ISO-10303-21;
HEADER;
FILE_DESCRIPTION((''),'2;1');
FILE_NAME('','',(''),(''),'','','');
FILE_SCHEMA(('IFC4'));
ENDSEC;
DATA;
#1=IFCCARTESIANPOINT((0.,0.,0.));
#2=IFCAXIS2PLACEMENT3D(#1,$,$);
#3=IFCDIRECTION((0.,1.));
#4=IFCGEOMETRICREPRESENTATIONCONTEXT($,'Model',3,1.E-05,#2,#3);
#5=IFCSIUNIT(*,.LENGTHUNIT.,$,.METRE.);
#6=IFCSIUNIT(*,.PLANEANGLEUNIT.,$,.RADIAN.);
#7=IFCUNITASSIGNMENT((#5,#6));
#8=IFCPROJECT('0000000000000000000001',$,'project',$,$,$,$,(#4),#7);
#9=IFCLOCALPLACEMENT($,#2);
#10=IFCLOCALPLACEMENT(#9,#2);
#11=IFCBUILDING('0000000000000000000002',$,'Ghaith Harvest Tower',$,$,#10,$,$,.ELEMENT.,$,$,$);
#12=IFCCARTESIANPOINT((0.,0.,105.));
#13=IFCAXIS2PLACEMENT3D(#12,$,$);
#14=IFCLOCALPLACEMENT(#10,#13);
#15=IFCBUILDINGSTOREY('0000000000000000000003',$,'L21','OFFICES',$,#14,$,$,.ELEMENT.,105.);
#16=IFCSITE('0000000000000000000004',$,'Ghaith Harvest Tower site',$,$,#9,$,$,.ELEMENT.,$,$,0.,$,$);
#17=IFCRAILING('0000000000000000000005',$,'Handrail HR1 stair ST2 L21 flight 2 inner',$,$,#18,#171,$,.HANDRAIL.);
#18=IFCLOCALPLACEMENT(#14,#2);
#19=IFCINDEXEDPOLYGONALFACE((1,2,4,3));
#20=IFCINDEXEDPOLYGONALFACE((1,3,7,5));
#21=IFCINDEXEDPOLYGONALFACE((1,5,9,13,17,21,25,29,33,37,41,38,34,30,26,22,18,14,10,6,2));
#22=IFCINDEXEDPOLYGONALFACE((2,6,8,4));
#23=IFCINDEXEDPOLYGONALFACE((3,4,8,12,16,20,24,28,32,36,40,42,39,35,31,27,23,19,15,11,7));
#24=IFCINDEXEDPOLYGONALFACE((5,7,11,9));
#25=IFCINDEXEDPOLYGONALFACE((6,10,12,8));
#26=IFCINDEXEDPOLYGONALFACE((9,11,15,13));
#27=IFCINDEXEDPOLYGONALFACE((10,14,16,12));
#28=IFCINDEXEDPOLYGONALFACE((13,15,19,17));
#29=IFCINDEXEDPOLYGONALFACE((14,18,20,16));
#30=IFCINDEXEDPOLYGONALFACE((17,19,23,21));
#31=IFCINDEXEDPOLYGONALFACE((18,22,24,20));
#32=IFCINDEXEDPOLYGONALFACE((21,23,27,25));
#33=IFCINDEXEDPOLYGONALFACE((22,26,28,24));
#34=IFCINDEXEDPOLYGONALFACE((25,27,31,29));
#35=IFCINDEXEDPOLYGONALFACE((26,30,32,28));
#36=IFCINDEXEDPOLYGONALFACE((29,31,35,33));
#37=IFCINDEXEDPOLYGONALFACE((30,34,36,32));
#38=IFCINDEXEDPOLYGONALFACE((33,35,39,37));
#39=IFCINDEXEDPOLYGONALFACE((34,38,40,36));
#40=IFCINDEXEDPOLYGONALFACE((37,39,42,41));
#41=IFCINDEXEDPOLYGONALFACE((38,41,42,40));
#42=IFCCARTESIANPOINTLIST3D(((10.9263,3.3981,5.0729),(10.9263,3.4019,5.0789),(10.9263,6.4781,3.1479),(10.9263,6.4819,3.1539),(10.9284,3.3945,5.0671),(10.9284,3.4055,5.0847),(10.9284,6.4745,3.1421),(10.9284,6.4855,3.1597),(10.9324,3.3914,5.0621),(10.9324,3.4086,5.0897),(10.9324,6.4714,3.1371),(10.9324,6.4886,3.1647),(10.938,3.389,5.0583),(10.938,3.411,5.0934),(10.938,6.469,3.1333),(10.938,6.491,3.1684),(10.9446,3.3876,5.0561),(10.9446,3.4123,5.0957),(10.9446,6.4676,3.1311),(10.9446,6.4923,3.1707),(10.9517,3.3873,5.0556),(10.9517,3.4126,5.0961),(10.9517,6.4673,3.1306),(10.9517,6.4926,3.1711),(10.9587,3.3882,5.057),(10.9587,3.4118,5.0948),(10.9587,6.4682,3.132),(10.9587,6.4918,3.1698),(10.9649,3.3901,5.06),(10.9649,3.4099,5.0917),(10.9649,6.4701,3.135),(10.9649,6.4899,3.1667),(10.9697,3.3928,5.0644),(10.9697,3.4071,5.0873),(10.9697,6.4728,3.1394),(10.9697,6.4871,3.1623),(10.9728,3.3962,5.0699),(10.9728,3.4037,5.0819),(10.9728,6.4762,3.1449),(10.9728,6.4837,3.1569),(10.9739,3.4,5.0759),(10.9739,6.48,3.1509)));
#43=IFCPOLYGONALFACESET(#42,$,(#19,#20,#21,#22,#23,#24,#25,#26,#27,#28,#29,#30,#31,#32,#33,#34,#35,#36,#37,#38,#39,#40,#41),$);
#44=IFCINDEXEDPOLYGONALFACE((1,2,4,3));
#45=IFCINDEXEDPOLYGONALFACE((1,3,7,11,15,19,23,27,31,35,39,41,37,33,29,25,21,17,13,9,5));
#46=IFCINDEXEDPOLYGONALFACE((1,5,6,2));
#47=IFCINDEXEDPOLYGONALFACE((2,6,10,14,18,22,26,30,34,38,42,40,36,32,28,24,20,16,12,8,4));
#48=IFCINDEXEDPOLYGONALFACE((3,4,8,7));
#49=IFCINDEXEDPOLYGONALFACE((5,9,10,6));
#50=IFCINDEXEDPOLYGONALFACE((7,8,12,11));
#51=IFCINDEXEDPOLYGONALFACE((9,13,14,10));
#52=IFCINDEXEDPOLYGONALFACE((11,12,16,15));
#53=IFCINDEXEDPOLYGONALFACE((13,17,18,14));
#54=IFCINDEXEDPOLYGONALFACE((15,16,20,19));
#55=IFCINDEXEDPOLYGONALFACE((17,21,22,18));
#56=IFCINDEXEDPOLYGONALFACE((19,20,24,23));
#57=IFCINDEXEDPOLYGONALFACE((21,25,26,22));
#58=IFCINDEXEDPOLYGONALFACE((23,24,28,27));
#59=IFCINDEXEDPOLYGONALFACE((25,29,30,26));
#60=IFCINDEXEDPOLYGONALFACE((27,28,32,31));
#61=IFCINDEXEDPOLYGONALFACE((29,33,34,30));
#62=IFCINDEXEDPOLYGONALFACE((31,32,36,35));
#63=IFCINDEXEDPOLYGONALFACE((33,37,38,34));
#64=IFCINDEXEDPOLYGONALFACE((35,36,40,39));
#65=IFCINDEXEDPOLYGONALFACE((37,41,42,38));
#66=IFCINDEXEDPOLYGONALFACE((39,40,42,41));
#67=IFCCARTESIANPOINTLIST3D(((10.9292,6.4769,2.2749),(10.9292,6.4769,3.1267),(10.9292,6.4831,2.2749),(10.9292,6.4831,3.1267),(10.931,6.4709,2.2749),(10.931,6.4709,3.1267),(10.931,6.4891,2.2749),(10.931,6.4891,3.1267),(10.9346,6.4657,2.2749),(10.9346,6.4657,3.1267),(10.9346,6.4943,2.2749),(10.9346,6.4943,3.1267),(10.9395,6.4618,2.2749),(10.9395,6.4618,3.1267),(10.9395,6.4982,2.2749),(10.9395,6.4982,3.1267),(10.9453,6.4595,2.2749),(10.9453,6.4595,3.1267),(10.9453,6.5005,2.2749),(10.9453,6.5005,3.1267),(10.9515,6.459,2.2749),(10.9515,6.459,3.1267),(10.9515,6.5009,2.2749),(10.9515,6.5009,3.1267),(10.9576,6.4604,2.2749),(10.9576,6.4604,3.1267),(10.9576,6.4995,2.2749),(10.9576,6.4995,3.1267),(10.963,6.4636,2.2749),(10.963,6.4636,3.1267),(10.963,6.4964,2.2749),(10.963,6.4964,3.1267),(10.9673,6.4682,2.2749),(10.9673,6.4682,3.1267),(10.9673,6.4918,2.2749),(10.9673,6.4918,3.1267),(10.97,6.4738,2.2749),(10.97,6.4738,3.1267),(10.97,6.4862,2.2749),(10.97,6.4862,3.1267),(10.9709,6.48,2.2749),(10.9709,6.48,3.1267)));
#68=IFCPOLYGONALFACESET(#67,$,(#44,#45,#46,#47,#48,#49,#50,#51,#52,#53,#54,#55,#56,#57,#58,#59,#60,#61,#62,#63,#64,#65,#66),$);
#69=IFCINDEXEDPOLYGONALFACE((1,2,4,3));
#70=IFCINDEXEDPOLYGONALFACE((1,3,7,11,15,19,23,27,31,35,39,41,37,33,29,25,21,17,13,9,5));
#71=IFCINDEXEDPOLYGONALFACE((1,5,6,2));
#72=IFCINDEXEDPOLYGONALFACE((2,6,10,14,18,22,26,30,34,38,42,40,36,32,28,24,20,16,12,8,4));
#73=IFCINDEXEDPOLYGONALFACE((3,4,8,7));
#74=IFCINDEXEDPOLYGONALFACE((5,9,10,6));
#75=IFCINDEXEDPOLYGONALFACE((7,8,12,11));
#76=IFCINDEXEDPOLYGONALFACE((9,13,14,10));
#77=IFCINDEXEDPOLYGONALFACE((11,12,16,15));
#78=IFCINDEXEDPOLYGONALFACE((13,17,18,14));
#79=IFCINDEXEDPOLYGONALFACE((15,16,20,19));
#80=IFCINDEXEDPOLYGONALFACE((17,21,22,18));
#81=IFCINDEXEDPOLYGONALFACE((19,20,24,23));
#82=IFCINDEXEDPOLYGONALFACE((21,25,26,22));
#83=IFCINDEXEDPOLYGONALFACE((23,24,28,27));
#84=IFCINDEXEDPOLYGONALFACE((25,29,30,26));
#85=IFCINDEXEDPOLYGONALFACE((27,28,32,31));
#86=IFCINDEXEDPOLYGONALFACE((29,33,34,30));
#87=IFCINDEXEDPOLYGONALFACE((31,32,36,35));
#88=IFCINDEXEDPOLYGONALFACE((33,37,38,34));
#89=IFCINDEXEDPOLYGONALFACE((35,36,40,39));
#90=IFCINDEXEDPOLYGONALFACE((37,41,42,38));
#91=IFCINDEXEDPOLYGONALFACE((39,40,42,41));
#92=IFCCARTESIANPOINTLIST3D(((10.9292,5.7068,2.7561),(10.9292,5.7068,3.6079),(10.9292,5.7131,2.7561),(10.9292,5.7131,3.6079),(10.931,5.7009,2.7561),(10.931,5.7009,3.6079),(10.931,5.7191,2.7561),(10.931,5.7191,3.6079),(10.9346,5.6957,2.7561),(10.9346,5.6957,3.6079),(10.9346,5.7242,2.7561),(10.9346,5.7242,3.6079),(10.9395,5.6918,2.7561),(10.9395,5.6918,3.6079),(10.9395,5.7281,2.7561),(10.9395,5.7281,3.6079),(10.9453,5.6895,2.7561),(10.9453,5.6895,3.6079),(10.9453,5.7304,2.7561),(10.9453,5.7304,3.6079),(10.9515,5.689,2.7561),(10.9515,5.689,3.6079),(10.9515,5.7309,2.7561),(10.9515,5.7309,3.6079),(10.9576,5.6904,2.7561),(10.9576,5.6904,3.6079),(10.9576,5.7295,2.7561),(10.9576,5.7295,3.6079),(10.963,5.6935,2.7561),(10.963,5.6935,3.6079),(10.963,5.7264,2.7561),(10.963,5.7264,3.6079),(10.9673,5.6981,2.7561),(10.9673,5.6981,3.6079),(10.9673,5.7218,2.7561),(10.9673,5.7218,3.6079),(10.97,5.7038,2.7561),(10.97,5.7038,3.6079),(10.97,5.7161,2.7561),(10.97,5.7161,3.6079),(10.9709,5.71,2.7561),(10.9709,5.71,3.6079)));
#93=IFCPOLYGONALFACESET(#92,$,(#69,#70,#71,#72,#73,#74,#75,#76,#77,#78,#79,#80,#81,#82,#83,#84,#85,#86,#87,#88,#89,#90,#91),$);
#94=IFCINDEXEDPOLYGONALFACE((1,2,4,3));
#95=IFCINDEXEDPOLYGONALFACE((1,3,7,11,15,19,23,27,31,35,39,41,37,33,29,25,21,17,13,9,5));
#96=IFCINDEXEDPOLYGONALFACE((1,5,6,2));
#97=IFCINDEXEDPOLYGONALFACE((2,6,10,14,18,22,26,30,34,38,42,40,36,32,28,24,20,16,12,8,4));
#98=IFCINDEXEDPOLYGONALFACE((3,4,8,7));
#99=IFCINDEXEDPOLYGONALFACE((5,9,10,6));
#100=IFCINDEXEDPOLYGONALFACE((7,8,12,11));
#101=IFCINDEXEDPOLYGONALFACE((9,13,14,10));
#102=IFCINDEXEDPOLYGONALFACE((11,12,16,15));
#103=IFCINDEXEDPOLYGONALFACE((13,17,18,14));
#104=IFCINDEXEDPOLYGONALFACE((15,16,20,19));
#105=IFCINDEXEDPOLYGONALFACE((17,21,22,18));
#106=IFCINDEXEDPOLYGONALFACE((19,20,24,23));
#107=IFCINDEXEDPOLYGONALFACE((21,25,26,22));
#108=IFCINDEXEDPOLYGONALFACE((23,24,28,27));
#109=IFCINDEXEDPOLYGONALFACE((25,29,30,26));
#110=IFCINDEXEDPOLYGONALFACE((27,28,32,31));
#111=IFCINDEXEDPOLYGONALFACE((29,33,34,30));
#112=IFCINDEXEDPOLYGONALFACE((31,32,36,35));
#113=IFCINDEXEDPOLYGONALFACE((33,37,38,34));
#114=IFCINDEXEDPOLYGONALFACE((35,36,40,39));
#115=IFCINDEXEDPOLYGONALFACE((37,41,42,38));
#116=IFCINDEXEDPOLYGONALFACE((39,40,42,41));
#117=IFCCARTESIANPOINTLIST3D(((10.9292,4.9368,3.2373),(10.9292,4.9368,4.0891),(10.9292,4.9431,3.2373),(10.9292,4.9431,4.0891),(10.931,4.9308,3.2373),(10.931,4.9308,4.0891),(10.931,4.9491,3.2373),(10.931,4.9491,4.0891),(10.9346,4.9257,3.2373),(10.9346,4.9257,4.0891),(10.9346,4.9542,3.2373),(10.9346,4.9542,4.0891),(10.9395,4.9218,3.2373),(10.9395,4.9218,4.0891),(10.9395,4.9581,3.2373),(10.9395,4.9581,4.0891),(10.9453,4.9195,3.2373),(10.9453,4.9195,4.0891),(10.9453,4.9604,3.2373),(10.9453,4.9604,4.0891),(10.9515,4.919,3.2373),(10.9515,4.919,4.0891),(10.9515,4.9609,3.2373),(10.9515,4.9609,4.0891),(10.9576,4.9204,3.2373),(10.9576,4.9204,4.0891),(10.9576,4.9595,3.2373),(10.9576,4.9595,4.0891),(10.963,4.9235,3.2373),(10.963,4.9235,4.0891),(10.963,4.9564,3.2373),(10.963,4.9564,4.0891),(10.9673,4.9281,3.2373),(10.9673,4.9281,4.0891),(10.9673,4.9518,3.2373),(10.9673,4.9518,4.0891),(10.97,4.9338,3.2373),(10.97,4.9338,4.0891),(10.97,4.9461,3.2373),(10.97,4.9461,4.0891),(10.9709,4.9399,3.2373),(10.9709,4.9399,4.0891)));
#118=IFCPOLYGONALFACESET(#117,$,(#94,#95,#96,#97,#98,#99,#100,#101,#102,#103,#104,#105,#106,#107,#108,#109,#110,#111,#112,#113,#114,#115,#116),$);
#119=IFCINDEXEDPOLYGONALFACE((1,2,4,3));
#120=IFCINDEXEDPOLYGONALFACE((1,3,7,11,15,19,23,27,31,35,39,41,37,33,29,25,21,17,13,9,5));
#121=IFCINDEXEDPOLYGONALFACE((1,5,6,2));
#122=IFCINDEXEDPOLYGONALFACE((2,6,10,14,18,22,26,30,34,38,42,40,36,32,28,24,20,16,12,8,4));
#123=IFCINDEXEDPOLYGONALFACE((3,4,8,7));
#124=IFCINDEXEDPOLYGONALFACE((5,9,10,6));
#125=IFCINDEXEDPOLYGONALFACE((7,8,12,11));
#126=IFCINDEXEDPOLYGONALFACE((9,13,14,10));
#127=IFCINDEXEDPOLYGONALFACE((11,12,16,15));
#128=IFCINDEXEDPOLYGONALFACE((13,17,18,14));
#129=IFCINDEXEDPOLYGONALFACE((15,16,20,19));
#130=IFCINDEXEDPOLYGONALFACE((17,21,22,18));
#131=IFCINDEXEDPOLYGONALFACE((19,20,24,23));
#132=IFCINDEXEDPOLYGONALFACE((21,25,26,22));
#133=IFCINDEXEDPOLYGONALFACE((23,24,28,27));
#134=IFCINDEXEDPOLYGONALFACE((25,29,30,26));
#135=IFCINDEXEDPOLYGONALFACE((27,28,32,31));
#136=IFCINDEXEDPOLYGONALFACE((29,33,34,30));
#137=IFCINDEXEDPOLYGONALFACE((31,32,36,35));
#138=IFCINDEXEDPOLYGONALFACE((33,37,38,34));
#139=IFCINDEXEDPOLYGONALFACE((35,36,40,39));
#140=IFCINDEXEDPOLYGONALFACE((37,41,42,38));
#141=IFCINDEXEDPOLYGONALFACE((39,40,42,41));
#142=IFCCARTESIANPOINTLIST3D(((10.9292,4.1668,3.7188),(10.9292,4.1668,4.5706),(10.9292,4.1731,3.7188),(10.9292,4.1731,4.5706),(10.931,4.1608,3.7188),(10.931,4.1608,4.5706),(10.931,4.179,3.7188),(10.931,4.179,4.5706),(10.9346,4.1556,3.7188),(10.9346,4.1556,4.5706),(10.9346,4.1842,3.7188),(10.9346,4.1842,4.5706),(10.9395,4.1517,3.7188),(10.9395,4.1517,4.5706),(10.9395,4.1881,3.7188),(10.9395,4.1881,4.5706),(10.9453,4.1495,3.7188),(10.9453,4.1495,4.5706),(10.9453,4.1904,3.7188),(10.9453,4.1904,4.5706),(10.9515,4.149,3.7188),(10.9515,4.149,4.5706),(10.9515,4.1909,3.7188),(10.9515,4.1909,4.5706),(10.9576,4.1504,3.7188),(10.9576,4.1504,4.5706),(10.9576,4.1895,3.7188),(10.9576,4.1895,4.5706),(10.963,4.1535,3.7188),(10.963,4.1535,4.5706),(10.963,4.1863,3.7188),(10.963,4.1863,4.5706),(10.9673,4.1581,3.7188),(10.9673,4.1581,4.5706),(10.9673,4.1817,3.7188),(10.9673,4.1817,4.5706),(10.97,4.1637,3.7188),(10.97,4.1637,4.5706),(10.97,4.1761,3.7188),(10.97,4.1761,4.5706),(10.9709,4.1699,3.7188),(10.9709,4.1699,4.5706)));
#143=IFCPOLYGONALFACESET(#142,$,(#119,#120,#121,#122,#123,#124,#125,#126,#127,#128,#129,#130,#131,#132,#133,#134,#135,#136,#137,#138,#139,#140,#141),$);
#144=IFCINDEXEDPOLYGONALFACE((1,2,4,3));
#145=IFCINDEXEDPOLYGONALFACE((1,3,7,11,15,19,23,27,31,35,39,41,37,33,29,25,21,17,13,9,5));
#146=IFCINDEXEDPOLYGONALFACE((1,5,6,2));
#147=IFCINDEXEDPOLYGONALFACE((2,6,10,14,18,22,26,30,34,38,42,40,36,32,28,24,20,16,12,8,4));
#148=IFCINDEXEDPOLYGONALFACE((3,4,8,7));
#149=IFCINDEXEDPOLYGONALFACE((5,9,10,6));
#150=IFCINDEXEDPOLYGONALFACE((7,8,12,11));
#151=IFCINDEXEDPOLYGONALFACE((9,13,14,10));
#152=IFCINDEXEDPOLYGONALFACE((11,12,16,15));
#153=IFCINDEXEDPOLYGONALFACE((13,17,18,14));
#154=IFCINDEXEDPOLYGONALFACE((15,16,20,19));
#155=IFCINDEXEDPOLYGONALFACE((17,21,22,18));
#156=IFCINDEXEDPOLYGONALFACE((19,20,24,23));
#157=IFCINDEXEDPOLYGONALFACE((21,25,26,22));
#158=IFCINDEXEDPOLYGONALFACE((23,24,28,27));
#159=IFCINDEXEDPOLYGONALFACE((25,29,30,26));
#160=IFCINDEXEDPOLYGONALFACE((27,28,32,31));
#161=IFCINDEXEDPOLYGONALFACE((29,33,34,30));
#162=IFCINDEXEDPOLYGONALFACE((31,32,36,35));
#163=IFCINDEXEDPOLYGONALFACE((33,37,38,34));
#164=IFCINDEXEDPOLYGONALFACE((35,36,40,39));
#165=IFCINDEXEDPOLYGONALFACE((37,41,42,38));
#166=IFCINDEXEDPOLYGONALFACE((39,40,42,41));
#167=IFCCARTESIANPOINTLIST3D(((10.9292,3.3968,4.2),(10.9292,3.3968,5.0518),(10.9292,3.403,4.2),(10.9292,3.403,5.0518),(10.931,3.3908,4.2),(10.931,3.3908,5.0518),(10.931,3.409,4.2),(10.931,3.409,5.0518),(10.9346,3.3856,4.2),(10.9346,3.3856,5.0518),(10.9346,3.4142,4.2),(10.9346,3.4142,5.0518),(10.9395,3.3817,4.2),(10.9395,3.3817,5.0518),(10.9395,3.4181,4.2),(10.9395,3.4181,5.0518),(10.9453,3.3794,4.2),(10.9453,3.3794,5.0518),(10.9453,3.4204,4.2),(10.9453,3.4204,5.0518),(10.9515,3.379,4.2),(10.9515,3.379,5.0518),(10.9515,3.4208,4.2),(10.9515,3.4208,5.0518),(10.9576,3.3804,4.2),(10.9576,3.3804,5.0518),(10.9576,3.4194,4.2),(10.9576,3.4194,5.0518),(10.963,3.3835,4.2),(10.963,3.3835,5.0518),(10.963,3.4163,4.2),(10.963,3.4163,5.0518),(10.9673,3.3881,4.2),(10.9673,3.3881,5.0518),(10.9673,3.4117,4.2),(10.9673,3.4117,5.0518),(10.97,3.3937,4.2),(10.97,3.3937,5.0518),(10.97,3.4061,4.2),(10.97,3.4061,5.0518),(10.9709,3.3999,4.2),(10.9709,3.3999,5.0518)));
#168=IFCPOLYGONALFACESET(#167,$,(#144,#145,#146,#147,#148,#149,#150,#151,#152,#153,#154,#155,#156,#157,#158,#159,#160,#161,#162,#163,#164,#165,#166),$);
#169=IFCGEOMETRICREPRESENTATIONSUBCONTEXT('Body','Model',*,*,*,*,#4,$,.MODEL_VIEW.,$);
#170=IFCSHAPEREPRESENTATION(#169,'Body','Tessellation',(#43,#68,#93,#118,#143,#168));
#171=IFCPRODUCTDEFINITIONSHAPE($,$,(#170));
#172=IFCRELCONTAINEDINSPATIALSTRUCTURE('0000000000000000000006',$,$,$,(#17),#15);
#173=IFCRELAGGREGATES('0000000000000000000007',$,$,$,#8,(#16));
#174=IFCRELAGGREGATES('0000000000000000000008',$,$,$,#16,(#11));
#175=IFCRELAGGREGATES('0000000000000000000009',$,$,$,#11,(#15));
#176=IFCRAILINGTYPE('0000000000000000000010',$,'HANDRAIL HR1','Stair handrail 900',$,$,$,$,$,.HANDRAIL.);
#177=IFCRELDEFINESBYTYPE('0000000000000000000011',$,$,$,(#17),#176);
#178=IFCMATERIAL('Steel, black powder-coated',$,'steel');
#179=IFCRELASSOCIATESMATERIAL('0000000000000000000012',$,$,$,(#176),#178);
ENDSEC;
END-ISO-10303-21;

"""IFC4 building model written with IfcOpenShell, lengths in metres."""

from ifc_helpers import new_model, si_unit, direction, frame, origin, origin_2d, place, context, subcontext, project, spatial, circle, extrude, material, type_object, element, save


model = new_model("IFC4")

# Units and contexts
model_context = context("Model", 3, precision=1e-05, world=origin(), true_north=direction((0.0, 1.0)))
body_context = subcontext(model_context, "Body", "Model", "MODEL_VIEW")
ifc_project = project(units=[si_unit("LENGTHUNIT", "METRE"), si_unit("PLANEANGLEUNIT", "RADIAN")], contexts=[model_context])

# Site, building, storey
site_placement = place(None, origin())
site = spatial("IfcSite", under=ifc_project, at=site_placement, Name="Ghaith Harvest Tower site", CompositionType="ELEMENT", RefElevation=0.0)
building_placement = place(site_placement, origin())
building = spatial("IfcBuilding", under=site, at=building_placement, Name="Ghaith Harvest Tower", CompositionType="ELEMENT")
storey_placement = place(building_placement, frame((0.0, 0.0, 105.0)))
storey = spatial("IfcBuildingStorey", under=building, at=storey_placement, Name="L21", Description="OFFICES", CompositionType="ELEMENT", Elevation=105.0)

# Railing
ifc_material_1 = material(Name="Steel, black powder-coated", Category="steel")
railing_type = type_object("IfcRailingType", Name="HANDRAIL HR1", Description="Stair handrail 900", PredefinedType="HANDRAIL", material=ifc_material_1)
railing_1_placement = place(storey_placement, frame((10.95, 6.48, 2.2749)))
element("IfcRailing", 1, at=railing_1_placement, inside=storey, type_object=railing_type, Name="Handrail HR1 stair ST2 L21 flight 2 inner", PredefinedType="HANDRAIL", context=body_context, shape_type="SweptSolid", body=[
    extrude(circle(Radius=0.0239, at=origin_2d()), frame((0.0, 0.0, 0.876), z_axis=(0.0, -0.847998, 0.529999), x_axis=(1.0, 0.0, 0.0)), (0.0, 0.0, 1.0), 3.6321),
    extrude(circle(Radius=0.021, at=origin_2d()), origin(), (0.0, 0.0, 1.0), 0.8518),
    extrude(circle(Radius=0.021, at=origin_2d()), frame((0.0, -0.77, 0.4812)), (0.0, 0.0, 1.0), 0.8518),
    extrude(circle(Radius=0.021, at=origin_2d()), frame((0.0, -1.54, 0.9624)), (0.0, 0.0, 1.0), 0.8518),
    extrude(circle(Radius=0.021, at=origin_2d()), frame((0.0, -2.3101, 1.4438)), (0.0, 0.0, 1.0), 0.8518),
    extrude(circle(Radius=0.021, at=origin_2d()), frame((0.0, -3.0801, 1.925)), (0.0, 0.0, 1.0), 0.8518),
])

save(model, "model.ifc")
